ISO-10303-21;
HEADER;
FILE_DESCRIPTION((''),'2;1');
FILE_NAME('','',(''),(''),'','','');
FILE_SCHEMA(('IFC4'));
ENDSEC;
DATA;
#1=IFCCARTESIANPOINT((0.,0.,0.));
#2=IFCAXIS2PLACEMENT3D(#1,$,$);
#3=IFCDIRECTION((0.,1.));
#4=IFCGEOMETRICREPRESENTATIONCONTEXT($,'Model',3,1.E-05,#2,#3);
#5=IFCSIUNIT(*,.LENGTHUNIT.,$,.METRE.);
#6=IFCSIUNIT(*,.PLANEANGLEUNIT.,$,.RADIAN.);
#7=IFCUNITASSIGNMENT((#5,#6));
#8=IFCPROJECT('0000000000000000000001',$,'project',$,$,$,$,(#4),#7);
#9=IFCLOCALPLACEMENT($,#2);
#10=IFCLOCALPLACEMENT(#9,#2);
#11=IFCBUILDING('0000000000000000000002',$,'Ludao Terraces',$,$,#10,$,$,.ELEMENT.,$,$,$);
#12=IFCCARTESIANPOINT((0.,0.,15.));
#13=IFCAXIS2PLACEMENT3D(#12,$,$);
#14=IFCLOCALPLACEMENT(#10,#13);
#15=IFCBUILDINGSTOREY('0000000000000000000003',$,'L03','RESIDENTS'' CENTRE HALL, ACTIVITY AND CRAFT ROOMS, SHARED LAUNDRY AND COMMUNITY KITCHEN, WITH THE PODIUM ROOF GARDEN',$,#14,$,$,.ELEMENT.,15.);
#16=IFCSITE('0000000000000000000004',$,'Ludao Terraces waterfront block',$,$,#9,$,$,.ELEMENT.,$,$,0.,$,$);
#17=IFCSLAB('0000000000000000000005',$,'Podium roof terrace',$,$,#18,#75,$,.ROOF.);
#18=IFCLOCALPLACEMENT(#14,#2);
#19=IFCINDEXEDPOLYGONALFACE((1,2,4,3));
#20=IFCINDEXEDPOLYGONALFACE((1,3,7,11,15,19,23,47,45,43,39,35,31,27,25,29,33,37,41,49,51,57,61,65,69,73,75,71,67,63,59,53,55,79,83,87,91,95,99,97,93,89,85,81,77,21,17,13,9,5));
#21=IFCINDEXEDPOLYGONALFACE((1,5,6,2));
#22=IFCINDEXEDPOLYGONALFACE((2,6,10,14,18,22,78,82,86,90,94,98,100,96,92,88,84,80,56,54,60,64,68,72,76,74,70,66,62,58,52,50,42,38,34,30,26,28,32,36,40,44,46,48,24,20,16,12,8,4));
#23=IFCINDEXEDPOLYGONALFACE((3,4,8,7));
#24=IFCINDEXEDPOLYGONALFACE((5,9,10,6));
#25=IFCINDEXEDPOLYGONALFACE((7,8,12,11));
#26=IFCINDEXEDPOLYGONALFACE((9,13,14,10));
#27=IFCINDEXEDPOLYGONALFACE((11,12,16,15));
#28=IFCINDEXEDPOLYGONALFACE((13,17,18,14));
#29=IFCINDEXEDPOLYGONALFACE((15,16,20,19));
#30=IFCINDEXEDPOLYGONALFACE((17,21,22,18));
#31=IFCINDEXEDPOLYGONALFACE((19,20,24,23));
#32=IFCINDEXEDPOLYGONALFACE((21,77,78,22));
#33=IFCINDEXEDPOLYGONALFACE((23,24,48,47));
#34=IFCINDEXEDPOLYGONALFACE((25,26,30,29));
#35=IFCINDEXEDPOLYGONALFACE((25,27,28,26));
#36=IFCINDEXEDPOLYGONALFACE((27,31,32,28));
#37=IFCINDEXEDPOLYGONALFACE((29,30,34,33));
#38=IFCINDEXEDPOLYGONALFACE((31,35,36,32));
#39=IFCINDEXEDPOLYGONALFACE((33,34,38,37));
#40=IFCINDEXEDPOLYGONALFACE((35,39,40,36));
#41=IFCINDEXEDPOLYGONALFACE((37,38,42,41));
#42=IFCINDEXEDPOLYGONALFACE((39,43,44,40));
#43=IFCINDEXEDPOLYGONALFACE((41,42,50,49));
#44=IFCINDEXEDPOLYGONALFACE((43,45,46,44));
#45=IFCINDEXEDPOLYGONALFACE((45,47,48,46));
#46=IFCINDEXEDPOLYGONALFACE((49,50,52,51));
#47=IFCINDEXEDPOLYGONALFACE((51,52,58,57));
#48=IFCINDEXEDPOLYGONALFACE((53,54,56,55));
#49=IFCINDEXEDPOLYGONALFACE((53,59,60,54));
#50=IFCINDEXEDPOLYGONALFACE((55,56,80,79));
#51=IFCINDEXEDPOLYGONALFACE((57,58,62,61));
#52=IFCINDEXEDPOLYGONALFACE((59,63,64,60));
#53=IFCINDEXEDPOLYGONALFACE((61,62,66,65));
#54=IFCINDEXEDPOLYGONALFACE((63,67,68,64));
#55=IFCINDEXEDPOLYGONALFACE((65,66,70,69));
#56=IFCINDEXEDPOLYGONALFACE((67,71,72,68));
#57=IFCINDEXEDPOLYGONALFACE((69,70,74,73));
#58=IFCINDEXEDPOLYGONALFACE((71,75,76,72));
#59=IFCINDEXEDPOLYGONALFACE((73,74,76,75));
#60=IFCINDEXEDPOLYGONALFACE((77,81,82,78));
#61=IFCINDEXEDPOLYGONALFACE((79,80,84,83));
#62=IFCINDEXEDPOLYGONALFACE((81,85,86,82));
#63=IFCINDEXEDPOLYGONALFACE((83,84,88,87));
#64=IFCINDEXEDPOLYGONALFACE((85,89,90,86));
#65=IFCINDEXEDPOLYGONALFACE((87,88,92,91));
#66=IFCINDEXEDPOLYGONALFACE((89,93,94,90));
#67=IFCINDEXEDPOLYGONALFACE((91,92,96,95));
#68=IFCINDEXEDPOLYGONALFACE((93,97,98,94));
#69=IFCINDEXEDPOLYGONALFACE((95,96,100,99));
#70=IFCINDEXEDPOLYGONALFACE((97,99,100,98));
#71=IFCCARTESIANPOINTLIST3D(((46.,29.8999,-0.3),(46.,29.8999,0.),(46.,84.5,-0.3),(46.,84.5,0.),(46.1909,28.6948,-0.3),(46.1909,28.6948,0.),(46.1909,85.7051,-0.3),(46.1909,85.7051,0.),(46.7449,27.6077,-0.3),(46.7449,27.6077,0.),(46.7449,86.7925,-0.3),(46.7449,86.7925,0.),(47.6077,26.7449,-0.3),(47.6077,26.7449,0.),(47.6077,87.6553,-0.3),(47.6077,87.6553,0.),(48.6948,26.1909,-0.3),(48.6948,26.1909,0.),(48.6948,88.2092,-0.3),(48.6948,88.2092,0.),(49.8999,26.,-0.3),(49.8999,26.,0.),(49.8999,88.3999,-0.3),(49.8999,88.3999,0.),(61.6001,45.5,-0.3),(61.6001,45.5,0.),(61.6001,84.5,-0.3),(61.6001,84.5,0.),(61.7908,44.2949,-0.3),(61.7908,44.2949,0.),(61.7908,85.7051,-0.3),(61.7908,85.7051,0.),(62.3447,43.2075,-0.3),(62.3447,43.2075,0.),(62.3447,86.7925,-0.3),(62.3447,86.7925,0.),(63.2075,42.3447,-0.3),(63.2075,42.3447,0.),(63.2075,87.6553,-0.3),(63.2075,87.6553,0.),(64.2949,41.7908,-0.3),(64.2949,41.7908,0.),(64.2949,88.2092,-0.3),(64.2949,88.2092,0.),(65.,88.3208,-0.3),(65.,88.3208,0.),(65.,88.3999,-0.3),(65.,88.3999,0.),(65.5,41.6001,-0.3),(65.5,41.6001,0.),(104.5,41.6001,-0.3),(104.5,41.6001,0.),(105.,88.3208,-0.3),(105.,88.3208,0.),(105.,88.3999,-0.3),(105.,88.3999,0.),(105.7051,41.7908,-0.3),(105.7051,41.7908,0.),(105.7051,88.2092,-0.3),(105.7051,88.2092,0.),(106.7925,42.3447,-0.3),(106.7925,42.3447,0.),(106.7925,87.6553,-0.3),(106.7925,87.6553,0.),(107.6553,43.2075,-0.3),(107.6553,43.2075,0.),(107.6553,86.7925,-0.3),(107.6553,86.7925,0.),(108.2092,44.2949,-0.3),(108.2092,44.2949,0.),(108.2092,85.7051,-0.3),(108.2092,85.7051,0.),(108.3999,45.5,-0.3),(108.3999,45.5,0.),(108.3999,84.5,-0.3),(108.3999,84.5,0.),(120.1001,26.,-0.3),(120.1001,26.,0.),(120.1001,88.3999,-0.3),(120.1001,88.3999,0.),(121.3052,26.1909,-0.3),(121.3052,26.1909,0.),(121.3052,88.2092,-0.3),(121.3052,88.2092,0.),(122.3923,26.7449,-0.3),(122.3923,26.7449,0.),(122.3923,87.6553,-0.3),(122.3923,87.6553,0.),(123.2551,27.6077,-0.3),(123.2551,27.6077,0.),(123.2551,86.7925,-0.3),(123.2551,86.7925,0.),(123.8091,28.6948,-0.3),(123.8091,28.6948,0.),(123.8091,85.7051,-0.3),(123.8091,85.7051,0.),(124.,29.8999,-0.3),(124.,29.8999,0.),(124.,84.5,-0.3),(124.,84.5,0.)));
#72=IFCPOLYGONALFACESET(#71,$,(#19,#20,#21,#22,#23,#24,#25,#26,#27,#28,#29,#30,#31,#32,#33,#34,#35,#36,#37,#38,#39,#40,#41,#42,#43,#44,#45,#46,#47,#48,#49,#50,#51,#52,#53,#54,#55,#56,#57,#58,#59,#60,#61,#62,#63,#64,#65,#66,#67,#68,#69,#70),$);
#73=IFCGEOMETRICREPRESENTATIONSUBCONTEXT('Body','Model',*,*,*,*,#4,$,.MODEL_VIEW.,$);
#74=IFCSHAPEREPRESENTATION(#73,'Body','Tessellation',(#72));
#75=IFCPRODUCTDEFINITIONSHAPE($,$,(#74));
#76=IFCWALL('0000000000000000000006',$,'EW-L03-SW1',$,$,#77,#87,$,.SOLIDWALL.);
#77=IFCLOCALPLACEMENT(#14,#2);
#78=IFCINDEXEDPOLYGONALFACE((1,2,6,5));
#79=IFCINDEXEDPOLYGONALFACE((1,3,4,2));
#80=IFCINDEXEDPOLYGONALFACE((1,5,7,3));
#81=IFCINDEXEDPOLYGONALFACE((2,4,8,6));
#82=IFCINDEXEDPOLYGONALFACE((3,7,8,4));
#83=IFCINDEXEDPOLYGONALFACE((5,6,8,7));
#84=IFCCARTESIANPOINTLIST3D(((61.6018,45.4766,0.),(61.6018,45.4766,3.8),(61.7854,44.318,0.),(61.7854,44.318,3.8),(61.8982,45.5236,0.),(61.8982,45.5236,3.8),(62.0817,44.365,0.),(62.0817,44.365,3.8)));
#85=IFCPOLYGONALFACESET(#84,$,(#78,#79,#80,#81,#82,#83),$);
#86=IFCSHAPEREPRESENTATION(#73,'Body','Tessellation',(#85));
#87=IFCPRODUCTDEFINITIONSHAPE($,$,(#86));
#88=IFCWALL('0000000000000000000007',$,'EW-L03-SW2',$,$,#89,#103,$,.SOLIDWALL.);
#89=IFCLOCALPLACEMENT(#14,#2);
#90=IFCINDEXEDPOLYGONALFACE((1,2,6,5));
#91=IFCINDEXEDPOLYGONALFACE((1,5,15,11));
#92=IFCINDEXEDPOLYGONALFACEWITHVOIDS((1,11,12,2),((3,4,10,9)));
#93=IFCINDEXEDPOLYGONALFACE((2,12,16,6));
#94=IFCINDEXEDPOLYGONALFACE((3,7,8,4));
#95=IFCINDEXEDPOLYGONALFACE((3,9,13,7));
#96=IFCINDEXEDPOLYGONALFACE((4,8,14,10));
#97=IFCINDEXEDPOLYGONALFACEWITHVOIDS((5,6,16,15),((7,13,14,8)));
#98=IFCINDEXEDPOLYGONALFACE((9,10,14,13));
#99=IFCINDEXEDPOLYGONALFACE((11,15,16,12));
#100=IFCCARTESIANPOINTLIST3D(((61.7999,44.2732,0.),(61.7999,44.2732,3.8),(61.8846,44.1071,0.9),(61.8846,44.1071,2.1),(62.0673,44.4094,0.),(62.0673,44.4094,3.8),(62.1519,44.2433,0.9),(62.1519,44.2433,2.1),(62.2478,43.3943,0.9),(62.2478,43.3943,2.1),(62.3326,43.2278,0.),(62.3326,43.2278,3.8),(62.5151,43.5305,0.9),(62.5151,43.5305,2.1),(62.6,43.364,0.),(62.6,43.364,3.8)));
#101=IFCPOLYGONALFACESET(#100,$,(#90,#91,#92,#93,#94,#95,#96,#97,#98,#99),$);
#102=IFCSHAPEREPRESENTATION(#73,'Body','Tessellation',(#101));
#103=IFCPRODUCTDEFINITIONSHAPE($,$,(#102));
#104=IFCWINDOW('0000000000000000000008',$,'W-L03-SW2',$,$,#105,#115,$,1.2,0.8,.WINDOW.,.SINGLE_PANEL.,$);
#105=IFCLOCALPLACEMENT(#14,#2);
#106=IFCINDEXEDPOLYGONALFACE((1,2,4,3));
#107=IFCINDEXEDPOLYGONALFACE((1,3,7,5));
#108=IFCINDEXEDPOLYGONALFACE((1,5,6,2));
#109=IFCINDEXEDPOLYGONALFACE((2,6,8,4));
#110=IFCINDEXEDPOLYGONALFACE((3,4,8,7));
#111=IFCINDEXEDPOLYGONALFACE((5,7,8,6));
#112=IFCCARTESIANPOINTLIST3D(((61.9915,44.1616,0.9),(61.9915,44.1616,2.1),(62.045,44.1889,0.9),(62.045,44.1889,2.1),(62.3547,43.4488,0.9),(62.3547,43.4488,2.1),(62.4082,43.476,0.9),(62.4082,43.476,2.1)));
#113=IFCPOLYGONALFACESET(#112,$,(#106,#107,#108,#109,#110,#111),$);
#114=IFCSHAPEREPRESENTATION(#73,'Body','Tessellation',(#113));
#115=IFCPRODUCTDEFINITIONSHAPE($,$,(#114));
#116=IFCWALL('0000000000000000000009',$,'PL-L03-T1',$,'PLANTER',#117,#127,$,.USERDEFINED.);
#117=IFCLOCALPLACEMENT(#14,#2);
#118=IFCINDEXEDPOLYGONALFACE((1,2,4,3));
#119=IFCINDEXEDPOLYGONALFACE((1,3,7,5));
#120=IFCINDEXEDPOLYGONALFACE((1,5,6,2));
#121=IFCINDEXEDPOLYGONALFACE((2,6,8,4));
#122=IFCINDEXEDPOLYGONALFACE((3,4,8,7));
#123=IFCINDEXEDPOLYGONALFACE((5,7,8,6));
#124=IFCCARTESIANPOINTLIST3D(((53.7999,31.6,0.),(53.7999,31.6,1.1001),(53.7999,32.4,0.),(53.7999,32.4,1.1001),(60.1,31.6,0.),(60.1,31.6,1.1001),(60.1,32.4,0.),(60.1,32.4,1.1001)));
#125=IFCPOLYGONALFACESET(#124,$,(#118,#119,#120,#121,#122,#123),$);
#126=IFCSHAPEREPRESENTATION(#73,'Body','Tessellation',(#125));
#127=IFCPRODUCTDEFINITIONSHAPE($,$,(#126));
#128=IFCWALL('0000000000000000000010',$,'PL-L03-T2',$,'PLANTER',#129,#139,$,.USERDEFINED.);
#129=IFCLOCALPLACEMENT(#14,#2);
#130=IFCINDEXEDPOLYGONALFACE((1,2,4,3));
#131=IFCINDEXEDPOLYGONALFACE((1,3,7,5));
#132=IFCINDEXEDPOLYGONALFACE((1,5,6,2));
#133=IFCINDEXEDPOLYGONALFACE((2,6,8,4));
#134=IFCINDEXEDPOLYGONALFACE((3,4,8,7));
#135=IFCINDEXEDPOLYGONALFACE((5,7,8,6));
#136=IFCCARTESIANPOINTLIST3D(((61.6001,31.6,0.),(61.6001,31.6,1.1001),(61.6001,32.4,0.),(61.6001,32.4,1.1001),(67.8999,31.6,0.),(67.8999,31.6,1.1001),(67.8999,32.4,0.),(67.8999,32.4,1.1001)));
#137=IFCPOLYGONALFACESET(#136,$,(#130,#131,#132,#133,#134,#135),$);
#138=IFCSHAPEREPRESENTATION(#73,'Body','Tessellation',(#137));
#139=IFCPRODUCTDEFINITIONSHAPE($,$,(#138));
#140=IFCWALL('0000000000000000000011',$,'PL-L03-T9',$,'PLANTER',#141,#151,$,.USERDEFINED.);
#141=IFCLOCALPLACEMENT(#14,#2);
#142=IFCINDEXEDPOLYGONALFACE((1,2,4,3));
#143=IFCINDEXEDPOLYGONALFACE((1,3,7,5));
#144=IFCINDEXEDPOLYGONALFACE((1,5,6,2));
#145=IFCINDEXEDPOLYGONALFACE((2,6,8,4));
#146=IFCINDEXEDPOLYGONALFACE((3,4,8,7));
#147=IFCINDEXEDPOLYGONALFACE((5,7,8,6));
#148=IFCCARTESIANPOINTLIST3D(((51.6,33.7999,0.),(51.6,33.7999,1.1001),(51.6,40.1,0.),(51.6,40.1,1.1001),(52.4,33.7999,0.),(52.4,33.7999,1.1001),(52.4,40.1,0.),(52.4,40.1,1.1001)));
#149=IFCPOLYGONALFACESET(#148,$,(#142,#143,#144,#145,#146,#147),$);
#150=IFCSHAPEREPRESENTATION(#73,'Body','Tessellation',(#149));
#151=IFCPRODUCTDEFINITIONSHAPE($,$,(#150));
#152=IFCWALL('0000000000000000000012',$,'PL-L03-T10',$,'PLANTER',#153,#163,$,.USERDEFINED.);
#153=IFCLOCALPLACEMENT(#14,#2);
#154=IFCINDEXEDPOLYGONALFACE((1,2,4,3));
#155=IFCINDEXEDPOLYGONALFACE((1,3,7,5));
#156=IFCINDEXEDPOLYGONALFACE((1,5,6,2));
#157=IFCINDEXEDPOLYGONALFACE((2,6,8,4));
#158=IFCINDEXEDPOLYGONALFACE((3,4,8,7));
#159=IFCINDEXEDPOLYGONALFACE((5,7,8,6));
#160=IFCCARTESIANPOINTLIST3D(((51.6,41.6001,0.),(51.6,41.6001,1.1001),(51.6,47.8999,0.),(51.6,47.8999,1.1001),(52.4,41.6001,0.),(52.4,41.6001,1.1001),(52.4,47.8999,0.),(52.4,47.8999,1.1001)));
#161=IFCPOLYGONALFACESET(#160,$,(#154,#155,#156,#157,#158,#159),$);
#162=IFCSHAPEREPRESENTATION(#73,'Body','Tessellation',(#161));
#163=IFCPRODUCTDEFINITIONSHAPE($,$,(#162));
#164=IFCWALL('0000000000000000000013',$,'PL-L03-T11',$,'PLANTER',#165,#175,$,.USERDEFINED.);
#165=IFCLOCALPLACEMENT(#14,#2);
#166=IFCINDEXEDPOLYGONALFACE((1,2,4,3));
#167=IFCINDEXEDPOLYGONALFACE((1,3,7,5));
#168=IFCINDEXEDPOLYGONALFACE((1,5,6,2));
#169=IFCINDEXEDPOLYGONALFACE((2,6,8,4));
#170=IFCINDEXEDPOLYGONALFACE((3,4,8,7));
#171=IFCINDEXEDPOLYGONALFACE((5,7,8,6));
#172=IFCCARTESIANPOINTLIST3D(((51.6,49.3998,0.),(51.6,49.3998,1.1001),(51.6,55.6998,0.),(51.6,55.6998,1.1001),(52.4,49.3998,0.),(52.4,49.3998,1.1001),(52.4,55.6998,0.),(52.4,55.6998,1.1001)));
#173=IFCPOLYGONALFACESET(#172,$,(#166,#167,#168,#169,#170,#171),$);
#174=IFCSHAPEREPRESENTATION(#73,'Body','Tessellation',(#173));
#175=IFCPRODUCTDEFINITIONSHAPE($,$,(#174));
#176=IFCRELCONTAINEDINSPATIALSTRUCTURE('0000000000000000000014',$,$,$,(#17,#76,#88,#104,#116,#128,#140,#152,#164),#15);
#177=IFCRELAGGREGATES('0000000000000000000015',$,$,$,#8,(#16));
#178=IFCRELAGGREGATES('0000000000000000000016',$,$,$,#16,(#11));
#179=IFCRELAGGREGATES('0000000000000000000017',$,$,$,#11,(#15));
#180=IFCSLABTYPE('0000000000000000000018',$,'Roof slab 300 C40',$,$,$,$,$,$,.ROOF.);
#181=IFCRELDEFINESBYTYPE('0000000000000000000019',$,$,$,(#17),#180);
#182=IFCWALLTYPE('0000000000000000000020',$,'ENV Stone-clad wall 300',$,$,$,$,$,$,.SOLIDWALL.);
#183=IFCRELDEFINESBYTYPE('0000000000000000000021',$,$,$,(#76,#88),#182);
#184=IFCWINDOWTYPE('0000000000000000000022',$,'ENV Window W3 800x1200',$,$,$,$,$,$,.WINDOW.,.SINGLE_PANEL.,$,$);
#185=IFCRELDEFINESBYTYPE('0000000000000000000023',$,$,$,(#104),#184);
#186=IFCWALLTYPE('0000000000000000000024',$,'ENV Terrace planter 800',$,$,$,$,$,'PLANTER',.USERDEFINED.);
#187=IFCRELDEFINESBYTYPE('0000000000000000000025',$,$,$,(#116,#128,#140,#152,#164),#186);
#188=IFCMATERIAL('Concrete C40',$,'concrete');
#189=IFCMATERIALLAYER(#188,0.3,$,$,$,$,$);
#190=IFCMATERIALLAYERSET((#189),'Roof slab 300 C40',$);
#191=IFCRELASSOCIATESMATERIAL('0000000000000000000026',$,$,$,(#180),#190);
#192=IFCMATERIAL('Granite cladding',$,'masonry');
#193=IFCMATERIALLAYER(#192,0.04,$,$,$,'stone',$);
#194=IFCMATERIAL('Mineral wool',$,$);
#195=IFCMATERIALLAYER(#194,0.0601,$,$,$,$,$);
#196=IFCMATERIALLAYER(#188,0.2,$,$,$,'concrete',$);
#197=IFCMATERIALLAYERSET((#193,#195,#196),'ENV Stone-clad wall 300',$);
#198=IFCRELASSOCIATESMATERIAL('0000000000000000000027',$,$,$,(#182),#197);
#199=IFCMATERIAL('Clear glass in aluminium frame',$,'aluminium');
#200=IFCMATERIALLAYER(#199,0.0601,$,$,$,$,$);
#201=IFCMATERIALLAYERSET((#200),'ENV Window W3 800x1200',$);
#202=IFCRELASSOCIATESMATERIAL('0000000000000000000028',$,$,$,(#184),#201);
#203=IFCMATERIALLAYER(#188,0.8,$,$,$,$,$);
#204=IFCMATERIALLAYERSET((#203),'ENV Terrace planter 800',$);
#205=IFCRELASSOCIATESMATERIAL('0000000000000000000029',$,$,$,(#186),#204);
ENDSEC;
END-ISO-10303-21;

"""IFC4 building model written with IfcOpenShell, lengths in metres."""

from ifc_helpers import new_model, si_unit, direction, frame, frame_2d, origin, place, context, subcontext, project, spatial, polyline, rectangle, outline, extrude, material, layer, layer_set, type_object, element, fill, save


model = new_model("IFC4")

# Units and contexts
model_context = context("Model", 3, precision=1e-05, world=origin(), true_north=direction((0.0, 1.0)))
body_context = subcontext(model_context, "Body", "Model", "MODEL_VIEW")
ifc_project = project(units=[si_unit("LENGTHUNIT", "METRE"), si_unit("PLANEANGLEUNIT", "RADIAN")], contexts=[model_context])

# Site, building, storey
site_placement = place(None, origin())
site = spatial("IfcSite", under=ifc_project, at=site_placement, Name="Ludao Terraces waterfront block", CompositionType="ELEMENT", RefElevation=0.0)
building_placement = place(site_placement, origin())
building = spatial("IfcBuilding", under=site, at=building_placement, Name="Ludao Terraces", CompositionType="ELEMENT")
storey_placement = place(building_placement, frame((0.0, 0.0, 15.0)))
storey = spatial("IfcBuildingStorey", under=building, at=storey_placement, Name="L03", Description="RESIDENTS' CENTRE HALL, ACTIVITY AND CRAFT ROOMS, SHARED LAUNDRY AND COMMUNITY KITCHEN, WITH THE PODIUM ROOF GARDEN", CompositionType="ELEMENT", Elevation=15.0)

# Shared definitions
ifc_material_1 = material(Name="Concrete C40", Category="concrete")

# Slab
ifc_layer_1 = layer(ifc_material_1, 0.3)
ifc_layer_set_1 = layer_set([ifc_layer_1], Name="Roof slab 300 C40")
slab_type_1 = type_object("IfcSlabType", Name="Roof slab 300 C40", PredefinedType="ROOF", material=ifc_layer_set_1)
slab_1_placement = place(storey_placement, frame((0.0, 0.0, -0.3)))
element("IfcSlab", 1, at=slab_1_placement, inside=storey, type_object=slab_type_1, Name="Podium roof terrace", PredefinedType="ROOF", context=body_context, shape_type="SweptSolid", body=[
    extrude(outline(polyline([(121.3052, 88.2092), (122.3923, 87.6553), (123.2551, 86.7925), (123.8091, 85.7051), (124.0, 84.5), (124.0, 29.8999), (123.8091, 28.6948), (123.2551, 27.6077), (122.3923, 26.7449), (121.3052, 26.1909), (120.1001, 26.0), (49.8999, 26.0), (48.6948, 26.1909), (47.6077, 26.7449), (46.7449, 27.6077), (46.1909, 28.6948), (46.0, 29.8999), (46.0, 84.5), (46.1909, 85.7051), (46.7449, 86.7925), (47.6077, 87.6553), (48.6948, 88.2092), (49.8999, 88.3999), (65.0, 88.3999), (65.0, 88.3208), (64.2949, 88.2092), (63.2075, 87.6553), (62.3447, 86.7925), (61.7908, 85.7051), (61.6001, 84.5), (61.6001, 45.5), (61.7908, 44.2949), (62.3447, 43.2075), (63.2075, 42.3447), (64.2949, 41.7908), (65.5, 41.6001), (104.5, 41.6001), (105.7051, 41.7908), (106.7925, 42.3447), (107.6553, 43.2075), (108.2092, 44.2949), (108.3999, 45.5), (108.3999, 84.5), (108.2092, 85.7051), (107.6553, 86.7925), (106.7925, 87.6553), (105.7051, 88.2092), (105.0, 88.3208), (105.0, 88.3999), (120.1001, 88.3999), (121.3052, 88.2092)])), origin(), (0.0, 0.0, 1.0), 0.3),
])

# Wall
ifc_material_2 = material(Name="Granite cladding", Category="masonry")
ifc_layer_2 = layer(ifc_material_2, 0.04, Category="stone")
ifc_material_3 = material(Name="Mineral wool")
ifc_layer_3 = layer(ifc_material_3, 0.0601)
ifc_layer_4 = layer(ifc_material_1, 0.2, Category="concrete")
ifc_layer_set_2 = layer_set([ifc_layer_2, ifc_layer_3, ifc_layer_4], Name="ENV Stone-clad wall 300")
wall_type_1 = type_object("IfcWallType", Name="ENV Stone-clad wall 300", PredefinedType="SOLIDWALL", material=ifc_layer_set_2)
wall_1_placement = place(storey_placement, frame((61.75, 45.5, 0.0), z_axis=(0.0, 0.0, 1.0), x_axis=(0.156497, -0.987678, 0.0)))
element("IfcWall", 2, at=wall_1_placement, inside=storey, type_object=wall_type_1, Name="EW-L03-SW1", PredefinedType="SOLIDWALL", context=body_context, shape_type="SweptSolid", body=[
    extrude(rectangle(XDim=1.1731, YDim=0.3, at=frame_2d((0.5864, 0.0))), origin(), (0.0, 0.0, 1.0), 3.8),
])

# Wall, opening, window
wall_2_placement = place(storey_placement, frame((61.9336, 44.3413, 0.0), z_axis=(0.0, 0.0, 1.0), x_axis=(0.454026, -0.890989, 0.0)))
wall_2 = element("IfcWall", 3, at=wall_2_placement, inside=storey, type_object=wall_type_1, Name="EW-L03-SW2", PredefinedType="SOLIDWALL", context=body_context, shape_type="SweptSolid", body=[
    extrude(rectangle(XDim=1.1733, YDim=0.3, at=frame_2d((0.5867, 0.0))), origin(), (0.0, 0.0, 1.0), 3.8),
])
opening_placement = place(wall_2_placement, frame((0.1865, 0.0, 0.8999)))
opening = element("IfcOpeningElement", 4, at=opening_placement, cuts=wall_2, PredefinedType="OPENING", context=body_context, shape_type="SweptSolid", body=[
    extrude(rectangle(XDim=0.8, YDim=1.2, at=frame_2d((0.3999, 0.6001))), frame((0.0, 0.1602, 0.0), z_axis=(0.0, -1.0, 0.0), x_axis=(1.0, 0.0, 0.0)), (0.0, 0.0, 1.0), 0.3201),
])
ifc_material_4 = material(Name="Clear glass in aluminium frame", Category="aluminium")
ifc_layer_5 = layer(ifc_material_4, 0.0601)
ifc_layer_set_3 = layer_set([ifc_layer_5], Name="ENV Window W3 800x1200")
window_type = type_object("IfcWindowType", Name="ENV Window W3 800x1200", PartitioningType="SINGLE_PANEL", PredefinedType="WINDOW", material=ifc_layer_set_3)
window_placement = place(opening_placement, origin())
window = element("IfcWindow", 5, at=window_placement, inside=storey, type_object=window_type, Name="W-L03-SW2", OverallHeight=1.2, OverallWidth=0.8, PartitioningType="SINGLE_PANEL", PredefinedType="WINDOW", context=body_context, shape_type="SweptSolid", body=[
    extrude(rectangle(XDim=0.8, YDim=1.2, at=frame_2d((0.3999, 0.6001))), frame((0.0, 0.03, 0.0), z_axis=(0.0, -1.0, 0.0), x_axis=(1.0, 0.0, 0.0)), (0.0, 0.0, 1.0), 0.0601),
])
fill(opening, window)

# Walls
ifc_layer_6 = layer(ifc_material_1, 0.8)
ifc_layer_set_4 = layer_set([ifc_layer_6], Name="ENV Terrace planter 800")
wall_type_2 = type_object("IfcWallType", Name="ENV Terrace planter 800", ElementType="PLANTER", PredefinedType="USERDEFINED", material=ifc_layer_set_4)
wall_3_placement = place(storey_placement, frame((53.8, 32.0, 0.0), z_axis=(0.0, 0.0, 1.0), x_axis=(1.0, 0.0, 0.0)))
element("IfcWall", 6, at=wall_3_placement, inside=storey, type_object=wall_type_2, Name="PL-L03-T1", ObjectType="PLANTER", PredefinedType="USERDEFINED", context=body_context, shape_type="SweptSolid", body=[
    extrude(rectangle(XDim=6.3, YDim=0.8, at=frame_2d((3.1499, 0.0))), origin(), (0.0, 0.0, 1.0), 1.1001),
])
wall_4_placement = place(storey_placement, frame((61.6001, 32.0, 0.0), z_axis=(0.0, 0.0, 1.0), x_axis=(1.0, 0.0, 0.0)))
element("IfcWall", 7, at=wall_4_placement, inside=storey, type_object=wall_type_2, Name="PL-L03-T2", ObjectType="PLANTER", PredefinedType="USERDEFINED", context=body_context, shape_type="SweptSolid", body=[
    extrude(rectangle(XDim=6.2998, YDim=0.8, at=frame_2d((3.1499, 0.0))), origin(), (0.0, 0.0, 1.0), 1.1001),
])
wall_5_placement = place(storey_placement, frame((52.0, 33.8, 0.0), z_axis=(0.0, 0.0, 1.0), x_axis=(0.0, 1.0, 0.0)))
element("IfcWall", 8, at=wall_5_placement, inside=storey, type_object=wall_type_2, Name="PL-L03-T9", ObjectType="PLANTER", PredefinedType="USERDEFINED", context=body_context, shape_type="SweptSolid", body=[
    extrude(rectangle(XDim=6.3, YDim=0.8, at=frame_2d((3.1499, 0.0))), origin(), (0.0, 0.0, 1.0), 1.1001),
])
wall_6_placement = place(storey_placement, frame((52.0, 41.6001, 0.0), z_axis=(0.0, 0.0, 1.0), x_axis=(0.0, 1.0, 0.0)))
element("IfcWall", 9, at=wall_6_placement, inside=storey, type_object=wall_type_2, Name="PL-L03-T10", ObjectType="PLANTER", PredefinedType="USERDEFINED", context=body_context, shape_type="SweptSolid", body=[
    extrude(rectangle(XDim=6.2998, YDim=0.8, at=frame_2d((3.1499, 0.0))), origin(), (0.0, 0.0, 1.0), 1.1001),
])
wall_7_placement = place(storey_placement, frame((52.0, 49.3999, 0.0), z_axis=(0.0, 0.0, 1.0), x_axis=(0.0, 1.0, 0.0)))
element("IfcWall", 10, at=wall_7_placement, inside=storey, type_object=wall_type_2, Name="PL-L03-T11", ObjectType="PLANTER", PredefinedType="USERDEFINED", context=body_context, shape_type="SweptSolid", body=[
    extrude(rectangle(XDim=6.3, YDim=0.8, at=frame_2d((3.1499, 0.0))), origin(), (0.0, 0.0, 1.0), 1.1001),
])

save(model, "model.ifc")
